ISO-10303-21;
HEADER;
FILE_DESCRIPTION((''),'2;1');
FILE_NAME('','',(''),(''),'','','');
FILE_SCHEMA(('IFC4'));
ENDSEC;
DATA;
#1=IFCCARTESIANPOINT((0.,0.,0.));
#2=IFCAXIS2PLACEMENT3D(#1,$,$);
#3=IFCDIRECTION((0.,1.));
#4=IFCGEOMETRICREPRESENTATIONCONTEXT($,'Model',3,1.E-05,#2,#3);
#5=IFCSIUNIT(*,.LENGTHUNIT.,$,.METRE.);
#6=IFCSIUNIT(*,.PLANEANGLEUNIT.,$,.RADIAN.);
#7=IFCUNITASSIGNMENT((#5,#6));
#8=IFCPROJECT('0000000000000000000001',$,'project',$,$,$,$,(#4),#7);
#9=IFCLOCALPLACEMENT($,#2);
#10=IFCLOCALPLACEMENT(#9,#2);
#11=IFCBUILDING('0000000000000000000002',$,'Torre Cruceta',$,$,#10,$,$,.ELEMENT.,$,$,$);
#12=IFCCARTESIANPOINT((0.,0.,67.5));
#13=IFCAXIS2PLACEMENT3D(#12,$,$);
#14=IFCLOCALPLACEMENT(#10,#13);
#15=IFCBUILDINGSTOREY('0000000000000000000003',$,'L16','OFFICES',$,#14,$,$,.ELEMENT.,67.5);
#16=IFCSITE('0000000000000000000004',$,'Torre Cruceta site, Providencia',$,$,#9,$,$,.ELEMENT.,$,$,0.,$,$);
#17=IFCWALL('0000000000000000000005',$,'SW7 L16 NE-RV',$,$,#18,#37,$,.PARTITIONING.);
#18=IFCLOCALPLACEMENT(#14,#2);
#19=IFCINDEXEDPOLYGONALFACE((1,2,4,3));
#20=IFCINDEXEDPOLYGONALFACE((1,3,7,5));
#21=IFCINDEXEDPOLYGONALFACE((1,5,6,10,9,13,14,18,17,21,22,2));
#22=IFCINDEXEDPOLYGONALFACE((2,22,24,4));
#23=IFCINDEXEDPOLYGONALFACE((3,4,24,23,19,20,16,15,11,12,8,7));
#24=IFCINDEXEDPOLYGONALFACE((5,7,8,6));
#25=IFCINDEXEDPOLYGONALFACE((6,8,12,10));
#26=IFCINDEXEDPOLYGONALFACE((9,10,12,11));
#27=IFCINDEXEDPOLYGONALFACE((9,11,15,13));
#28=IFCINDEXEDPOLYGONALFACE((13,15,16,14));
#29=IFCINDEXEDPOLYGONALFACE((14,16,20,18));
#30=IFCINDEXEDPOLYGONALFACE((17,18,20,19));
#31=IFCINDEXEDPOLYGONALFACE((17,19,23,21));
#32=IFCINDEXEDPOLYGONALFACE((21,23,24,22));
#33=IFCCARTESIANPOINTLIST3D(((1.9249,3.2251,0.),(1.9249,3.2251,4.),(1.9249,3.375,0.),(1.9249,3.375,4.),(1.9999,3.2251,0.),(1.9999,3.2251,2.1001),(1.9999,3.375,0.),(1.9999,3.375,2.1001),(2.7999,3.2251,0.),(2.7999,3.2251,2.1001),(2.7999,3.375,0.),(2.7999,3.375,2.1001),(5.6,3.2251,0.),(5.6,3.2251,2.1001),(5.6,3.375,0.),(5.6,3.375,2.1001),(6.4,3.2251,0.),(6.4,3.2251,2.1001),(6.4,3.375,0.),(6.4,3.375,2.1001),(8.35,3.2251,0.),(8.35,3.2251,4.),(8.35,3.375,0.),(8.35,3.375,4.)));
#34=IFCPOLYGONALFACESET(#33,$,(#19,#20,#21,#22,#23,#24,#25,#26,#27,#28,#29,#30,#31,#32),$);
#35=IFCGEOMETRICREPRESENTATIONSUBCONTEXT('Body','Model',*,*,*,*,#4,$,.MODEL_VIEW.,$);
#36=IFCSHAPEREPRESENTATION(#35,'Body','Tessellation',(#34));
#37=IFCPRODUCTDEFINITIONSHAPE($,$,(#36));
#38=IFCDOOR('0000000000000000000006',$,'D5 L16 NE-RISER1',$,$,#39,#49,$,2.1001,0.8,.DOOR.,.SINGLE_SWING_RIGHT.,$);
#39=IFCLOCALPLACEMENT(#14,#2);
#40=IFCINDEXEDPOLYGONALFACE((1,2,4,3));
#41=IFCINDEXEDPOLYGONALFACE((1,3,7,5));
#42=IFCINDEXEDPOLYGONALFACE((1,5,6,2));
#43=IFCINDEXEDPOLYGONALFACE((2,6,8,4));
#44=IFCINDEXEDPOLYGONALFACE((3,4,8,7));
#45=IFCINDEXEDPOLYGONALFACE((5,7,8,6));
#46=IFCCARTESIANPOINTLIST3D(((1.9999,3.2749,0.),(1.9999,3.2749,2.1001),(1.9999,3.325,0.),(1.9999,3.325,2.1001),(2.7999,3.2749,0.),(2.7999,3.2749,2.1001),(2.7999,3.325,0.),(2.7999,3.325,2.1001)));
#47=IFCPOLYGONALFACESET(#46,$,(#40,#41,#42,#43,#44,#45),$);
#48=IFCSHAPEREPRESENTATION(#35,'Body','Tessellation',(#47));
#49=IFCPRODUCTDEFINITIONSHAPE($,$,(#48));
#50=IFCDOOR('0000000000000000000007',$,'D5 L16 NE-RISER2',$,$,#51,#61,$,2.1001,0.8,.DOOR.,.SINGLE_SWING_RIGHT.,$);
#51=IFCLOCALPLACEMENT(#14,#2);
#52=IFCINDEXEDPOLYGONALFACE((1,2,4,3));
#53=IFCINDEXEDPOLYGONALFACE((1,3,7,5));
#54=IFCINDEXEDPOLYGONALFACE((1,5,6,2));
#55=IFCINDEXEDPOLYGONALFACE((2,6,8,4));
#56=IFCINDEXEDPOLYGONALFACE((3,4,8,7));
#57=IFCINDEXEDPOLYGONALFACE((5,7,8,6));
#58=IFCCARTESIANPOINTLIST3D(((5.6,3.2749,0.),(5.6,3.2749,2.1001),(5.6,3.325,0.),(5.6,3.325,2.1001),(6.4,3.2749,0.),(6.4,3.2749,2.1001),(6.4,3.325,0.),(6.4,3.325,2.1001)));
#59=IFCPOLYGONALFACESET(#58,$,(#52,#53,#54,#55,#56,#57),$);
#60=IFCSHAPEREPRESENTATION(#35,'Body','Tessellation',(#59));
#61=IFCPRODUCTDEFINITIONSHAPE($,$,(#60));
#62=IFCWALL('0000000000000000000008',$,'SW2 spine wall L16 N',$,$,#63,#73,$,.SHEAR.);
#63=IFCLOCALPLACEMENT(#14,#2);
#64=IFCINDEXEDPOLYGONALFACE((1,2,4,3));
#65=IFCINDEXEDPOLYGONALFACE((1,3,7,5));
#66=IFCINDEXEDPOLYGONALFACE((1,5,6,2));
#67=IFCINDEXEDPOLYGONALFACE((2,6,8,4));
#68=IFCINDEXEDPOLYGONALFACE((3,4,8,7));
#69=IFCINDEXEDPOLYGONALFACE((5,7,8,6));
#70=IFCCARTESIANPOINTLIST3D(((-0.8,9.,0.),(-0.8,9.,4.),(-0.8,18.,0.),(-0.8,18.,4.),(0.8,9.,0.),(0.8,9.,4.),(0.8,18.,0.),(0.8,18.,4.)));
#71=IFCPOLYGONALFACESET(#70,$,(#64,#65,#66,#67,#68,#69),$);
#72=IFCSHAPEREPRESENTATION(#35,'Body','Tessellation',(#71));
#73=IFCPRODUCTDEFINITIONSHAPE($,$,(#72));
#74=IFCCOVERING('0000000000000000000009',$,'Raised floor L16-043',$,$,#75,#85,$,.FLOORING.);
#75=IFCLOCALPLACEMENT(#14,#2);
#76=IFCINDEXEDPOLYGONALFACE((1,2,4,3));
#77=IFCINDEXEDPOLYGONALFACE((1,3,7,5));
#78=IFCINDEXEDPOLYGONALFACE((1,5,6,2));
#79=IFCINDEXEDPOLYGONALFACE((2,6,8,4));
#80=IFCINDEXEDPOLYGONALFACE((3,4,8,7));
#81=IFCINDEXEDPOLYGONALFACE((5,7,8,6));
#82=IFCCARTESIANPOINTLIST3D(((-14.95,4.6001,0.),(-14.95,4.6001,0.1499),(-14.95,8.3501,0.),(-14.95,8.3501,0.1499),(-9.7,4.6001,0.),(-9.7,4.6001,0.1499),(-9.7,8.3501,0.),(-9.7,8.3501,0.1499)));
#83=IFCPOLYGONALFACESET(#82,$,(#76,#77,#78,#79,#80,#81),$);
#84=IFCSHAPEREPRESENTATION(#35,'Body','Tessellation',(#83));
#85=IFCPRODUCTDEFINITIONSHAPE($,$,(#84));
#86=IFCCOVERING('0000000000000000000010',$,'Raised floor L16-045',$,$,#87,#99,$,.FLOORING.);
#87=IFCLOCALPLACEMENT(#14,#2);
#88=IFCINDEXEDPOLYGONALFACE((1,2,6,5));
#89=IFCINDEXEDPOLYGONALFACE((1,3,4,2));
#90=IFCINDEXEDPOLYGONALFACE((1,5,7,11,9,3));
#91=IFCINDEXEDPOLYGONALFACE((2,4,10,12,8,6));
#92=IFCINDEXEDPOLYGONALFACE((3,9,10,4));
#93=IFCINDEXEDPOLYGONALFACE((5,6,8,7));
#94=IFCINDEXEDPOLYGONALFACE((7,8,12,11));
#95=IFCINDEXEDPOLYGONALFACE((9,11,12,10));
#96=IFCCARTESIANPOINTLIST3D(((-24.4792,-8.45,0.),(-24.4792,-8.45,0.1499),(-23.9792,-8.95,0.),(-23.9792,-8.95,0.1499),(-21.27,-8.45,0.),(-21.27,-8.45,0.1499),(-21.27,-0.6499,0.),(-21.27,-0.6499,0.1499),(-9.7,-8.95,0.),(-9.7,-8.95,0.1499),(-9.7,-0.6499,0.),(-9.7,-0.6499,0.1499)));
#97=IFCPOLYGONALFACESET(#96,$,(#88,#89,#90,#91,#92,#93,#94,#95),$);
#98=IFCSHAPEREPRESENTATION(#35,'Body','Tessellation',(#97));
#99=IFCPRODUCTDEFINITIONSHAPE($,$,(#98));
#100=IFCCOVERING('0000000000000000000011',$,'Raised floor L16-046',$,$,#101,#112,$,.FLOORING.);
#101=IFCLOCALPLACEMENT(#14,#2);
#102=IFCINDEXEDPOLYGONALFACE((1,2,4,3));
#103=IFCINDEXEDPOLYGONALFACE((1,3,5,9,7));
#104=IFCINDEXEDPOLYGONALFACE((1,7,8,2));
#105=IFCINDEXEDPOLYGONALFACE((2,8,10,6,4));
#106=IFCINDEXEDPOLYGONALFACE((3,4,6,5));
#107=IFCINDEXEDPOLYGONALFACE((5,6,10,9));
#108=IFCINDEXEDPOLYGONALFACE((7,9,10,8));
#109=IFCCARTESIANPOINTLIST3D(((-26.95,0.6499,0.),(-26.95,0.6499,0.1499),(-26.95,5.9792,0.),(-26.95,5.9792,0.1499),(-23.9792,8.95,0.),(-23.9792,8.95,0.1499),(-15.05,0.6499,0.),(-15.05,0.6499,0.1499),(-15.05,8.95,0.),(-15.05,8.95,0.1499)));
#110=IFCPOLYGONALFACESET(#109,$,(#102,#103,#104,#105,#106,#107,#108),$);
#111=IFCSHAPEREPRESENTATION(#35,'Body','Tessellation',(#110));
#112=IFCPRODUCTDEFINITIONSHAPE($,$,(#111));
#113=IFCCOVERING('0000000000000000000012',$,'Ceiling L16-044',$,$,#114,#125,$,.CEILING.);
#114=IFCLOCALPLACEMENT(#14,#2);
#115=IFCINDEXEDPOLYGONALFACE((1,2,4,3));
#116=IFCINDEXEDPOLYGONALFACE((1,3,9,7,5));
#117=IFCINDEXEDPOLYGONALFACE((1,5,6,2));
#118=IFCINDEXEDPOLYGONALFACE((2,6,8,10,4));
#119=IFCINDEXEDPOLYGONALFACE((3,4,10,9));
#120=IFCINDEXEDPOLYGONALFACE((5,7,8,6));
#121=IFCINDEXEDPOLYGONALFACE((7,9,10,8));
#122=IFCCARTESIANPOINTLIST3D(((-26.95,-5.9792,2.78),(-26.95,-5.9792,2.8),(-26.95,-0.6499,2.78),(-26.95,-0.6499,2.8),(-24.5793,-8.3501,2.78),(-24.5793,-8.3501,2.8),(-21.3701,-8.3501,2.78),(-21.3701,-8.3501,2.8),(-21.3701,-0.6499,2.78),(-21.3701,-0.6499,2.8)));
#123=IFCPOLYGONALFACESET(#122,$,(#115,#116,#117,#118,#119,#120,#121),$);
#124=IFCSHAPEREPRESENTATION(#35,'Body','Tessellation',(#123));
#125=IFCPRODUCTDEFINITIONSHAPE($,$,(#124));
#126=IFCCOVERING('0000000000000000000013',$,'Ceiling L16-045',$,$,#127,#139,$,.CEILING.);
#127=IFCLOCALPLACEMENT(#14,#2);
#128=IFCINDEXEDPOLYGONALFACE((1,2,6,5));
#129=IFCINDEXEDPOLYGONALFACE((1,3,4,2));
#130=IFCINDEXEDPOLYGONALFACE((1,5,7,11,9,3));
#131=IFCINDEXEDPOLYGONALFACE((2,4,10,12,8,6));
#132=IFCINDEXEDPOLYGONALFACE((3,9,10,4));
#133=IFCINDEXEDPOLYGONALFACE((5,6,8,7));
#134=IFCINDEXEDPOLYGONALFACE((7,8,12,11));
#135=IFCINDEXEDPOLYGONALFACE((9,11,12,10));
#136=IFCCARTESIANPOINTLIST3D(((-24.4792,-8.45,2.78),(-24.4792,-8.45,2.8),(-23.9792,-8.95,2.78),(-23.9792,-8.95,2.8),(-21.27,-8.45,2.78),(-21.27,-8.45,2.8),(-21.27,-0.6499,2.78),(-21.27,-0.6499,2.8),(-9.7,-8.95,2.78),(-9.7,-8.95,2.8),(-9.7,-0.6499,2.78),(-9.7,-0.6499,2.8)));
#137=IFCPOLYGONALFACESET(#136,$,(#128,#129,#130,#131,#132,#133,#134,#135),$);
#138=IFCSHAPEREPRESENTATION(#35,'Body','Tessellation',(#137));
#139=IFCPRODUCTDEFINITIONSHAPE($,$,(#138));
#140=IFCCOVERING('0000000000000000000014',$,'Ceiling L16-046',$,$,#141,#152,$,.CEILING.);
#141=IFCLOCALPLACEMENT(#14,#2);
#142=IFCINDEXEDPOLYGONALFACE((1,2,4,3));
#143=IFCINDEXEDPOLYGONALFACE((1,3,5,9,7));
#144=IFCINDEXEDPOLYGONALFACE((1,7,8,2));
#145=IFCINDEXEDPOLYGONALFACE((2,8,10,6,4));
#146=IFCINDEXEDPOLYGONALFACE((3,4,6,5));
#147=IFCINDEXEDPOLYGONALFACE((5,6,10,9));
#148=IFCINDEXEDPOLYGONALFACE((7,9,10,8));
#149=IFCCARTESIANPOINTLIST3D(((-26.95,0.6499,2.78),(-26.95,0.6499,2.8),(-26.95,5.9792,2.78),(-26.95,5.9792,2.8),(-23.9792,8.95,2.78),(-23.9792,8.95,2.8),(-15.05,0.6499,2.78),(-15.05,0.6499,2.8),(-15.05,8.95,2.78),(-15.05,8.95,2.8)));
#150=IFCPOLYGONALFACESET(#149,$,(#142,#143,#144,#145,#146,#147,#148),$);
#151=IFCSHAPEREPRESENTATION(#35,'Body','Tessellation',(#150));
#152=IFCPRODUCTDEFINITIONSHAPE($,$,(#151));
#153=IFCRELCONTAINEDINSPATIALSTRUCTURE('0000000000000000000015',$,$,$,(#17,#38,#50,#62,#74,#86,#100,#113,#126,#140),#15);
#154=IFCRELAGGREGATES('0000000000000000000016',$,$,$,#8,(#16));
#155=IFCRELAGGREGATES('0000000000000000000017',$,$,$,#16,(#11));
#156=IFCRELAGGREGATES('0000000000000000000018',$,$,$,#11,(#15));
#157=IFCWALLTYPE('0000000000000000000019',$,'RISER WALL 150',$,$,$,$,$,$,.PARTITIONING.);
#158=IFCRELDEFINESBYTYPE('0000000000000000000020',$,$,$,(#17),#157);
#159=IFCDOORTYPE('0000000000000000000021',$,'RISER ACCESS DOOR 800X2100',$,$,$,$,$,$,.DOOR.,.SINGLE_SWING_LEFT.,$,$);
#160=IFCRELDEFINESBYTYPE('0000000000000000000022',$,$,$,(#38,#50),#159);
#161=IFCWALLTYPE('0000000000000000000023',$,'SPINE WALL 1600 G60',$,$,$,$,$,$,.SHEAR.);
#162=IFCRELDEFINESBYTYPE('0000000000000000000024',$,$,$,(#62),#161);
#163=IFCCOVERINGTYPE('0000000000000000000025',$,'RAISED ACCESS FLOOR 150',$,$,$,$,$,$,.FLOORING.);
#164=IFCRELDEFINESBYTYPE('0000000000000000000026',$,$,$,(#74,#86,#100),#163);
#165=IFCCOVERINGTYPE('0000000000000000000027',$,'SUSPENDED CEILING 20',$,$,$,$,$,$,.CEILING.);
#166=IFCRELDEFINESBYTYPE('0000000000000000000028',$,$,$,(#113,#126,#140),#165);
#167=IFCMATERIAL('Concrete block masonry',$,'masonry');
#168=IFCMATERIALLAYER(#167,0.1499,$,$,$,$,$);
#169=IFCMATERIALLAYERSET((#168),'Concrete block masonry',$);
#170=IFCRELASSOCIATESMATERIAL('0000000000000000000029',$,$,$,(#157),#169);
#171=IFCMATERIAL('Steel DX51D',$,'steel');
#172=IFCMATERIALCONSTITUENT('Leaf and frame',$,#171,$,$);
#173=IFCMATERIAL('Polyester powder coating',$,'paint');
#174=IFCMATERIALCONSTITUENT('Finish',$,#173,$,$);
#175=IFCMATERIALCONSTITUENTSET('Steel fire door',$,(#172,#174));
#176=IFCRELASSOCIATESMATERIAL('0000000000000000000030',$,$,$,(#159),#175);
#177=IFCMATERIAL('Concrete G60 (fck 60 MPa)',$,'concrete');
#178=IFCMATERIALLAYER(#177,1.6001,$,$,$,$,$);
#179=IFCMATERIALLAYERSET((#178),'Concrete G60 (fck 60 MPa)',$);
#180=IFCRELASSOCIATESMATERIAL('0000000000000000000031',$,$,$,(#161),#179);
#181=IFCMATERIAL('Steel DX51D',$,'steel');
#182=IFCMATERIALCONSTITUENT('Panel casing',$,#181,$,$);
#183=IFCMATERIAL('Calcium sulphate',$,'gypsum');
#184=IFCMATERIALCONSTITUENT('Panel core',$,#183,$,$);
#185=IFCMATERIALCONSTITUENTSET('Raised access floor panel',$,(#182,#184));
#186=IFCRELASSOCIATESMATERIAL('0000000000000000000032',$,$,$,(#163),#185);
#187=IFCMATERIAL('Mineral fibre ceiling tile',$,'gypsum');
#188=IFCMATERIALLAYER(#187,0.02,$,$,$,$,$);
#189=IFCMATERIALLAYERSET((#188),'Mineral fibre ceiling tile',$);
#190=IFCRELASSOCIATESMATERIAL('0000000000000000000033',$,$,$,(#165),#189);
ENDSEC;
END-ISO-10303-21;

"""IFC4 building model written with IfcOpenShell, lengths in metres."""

from ifc_helpers import new_model, si_unit, direction, frame, frame_2d, origin, place, context, subcontext, project, spatial, polyline, rectangle, outline, extrude, material, layer, layer_set, constituent, constituent_set, type_object, element, fill, save


model = new_model("IFC4")

# Units and contexts
model_context = context("Model", 3, precision=1e-05, world=origin(), true_north=direction((0.0, 1.0)))
body_context = subcontext(model_context, "Body", "Model", "MODEL_VIEW")
ifc_project = project(units=[si_unit("LENGTHUNIT", "METRE"), si_unit("PLANEANGLEUNIT", "RADIAN")], contexts=[model_context])

# Site, building, storey
site_placement = place(None, origin())
site = spatial("IfcSite", under=ifc_project, at=site_placement, Name="Torre Cruceta site, Providencia", CompositionType="ELEMENT", RefElevation=0.0)
building_placement = place(site_placement, origin())
building = spatial("IfcBuilding", under=site, at=building_placement, Name="Torre Cruceta", CompositionType="ELEMENT")
storey_placement = place(building_placement, frame((0.0, 0.0, 67.5)))
storey = spatial("IfcBuildingStorey", under=building, at=storey_placement, Name="L16", Description="OFFICES", CompositionType="ELEMENT", Elevation=67.5)

# Wall, openings, doors
ifc_material_1 = material(Name="Concrete block masonry", Category="masonry")
ifc_layer_1 = layer(ifc_material_1, 0.1499)
ifc_layer_set_1 = layer_set([ifc_layer_1], Name="Concrete block masonry")
wall_type_1 = type_object("IfcWallType", Name="RISER WALL 150", PredefinedType="PARTITIONING", material=ifc_layer_set_1)
wall_1_placement = place(storey_placement, frame((1.925, 3.3, 0.0), z_axis=(0.0, 0.0, 1.0), x_axis=(1.0, 0.0, 0.0)))
wall_1 = element("IfcWall", 1, at=wall_1_placement, inside=storey, type_object=wall_type_1, Name="SW7 L16 NE-RV", PredefinedType="PARTITIONING", context=body_context, shape_type="SweptSolid", body=[
    extrude(rectangle(XDim=6.425, YDim=0.1499, at=frame_2d((3.2124, 0.0))), origin(), (0.0, 0.0, 1.0), 4.0),
])
opening_1_placement = place(wall_1_placement, frame((0.075, 0.0, 0.0)))
opening_1 = element("IfcOpeningElement", 2, at=opening_1_placement, cuts=wall_1, PredefinedType="OPENING", context=body_context, shape_type="SweptSolid", body=[
    extrude(rectangle(XDim=0.8, YDim=2.1001, at=frame_2d((0.3999, 1.05))), frame((0.0, 0.085, 0.0), z_axis=(0.0, -1.0, 0.0), x_axis=(1.0, 0.0, 0.0)), (0.0, 0.0, 1.0), 0.1699),
])
opening_2_placement = place(wall_1_placement, frame((3.675, 0.0, 0.0)))
opening_2 = element("IfcOpeningElement", 3, at=opening_2_placement, cuts=wall_1, PredefinedType="OPENING", context=body_context, shape_type="SweptSolid", body=[
    extrude(rectangle(XDim=0.8, YDim=2.1001, at=frame_2d((0.3999, 1.05))), frame((0.0, 0.085, 0.0), z_axis=(0.0, -1.0, 0.0), x_axis=(1.0, 0.0, 0.0)), (0.0, 0.0, 1.0), 0.1699),
])
ifc_material_2 = material(Name="Steel DX51D", Category="steel")
ifc_constituent_1 = constituent(ifc_material_2, Name="Leaf and frame")
ifc_material_3 = material(Name="Polyester powder coating", Category="paint")
ifc_constituent_2 = constituent(ifc_material_3, Name="Finish")
ifc_constituent_set_1 = constituent_set(constituents=[ifc_constituent_1, ifc_constituent_2], Name="Steel fire door")
door_type_1 = type_object("IfcDoorType", Name="RISER ACCESS DOOR 800X2100", OperationType="SINGLE_SWING_LEFT", PredefinedType="DOOR", material=ifc_constituent_set_1)
door_1_placement = place(opening_1_placement, frame((0.8, 0.0, 0.0), z_axis=(0.0, 0.0, 1.0), x_axis=(-1.0, 0.0, 0.0)))
door_1 = element("IfcDoor", 4, at=door_1_placement, inside=storey, type_object=door_type_1, Name="D5 L16 NE-RISER1", OperationType="SINGLE_SWING_RIGHT", OverallHeight=2.1001, OverallWidth=0.8, PredefinedType="DOOR", context=body_context, shape_type="SweptSolid", body=[
    extrude(rectangle(XDim=0.8, YDim=2.1001, at=frame_2d((0.4001, 1.05))), frame((0.0, 0.0251, 0.0), z_axis=(0.0, -1.0, 0.0), x_axis=(1.0, 0.0, 0.0)), (0.0, 0.0, 1.0), 0.05),
])
fill(opening_1, door_1)
door_2_placement = place(opening_2_placement, frame((0.8, 0.0, 0.0), z_axis=(0.0, 0.0, 1.0), x_axis=(-1.0, 0.0, 0.0)))
door_2 = element("IfcDoor", 5, at=door_2_placement, inside=storey, type_object=door_type_1, Name="D5 L16 NE-RISER2", OperationType="SINGLE_SWING_RIGHT", OverallHeight=2.1001, OverallWidth=0.8, PredefinedType="DOOR", context=body_context, shape_type="SweptSolid", body=[
    extrude(rectangle(XDim=0.8, YDim=2.1001, at=frame_2d((0.4001, 1.05))), frame((0.0, 0.0251, 0.0), z_axis=(0.0, -1.0, 0.0), x_axis=(1.0, 0.0, 0.0)), (0.0, 0.0, 1.0), 0.05),
])
fill(opening_2, door_2)

# Wall
ifc_material_4 = material(Name="Concrete G60 (fck 60 MPa)", Category="concrete")
ifc_layer_2 = layer(ifc_material_4, 1.6001)
ifc_layer_set_2 = layer_set([ifc_layer_2], Name="Concrete G60 (fck 60 MPa)")
wall_type_2 = type_object("IfcWallType", Name="SPINE WALL 1600 G60", PredefinedType="SHEAR", material=ifc_layer_set_2)
wall_2_placement = place(storey_placement, frame((0.0, 9.0, 0.0), z_axis=(0.0, 0.0, 1.0), x_axis=(0.0, 1.0, 0.0)))
element("IfcWall", 6, at=wall_2_placement, inside=storey, type_object=wall_type_2, Name="SW2 spine wall L16 N", PredefinedType="SHEAR", context=body_context, shape_type="SweptSolid", body=[
    extrude(rectangle(XDim=9.0, YDim=1.6001, at=frame_2d((4.5, 0.0))), origin(), (0.0, 0.0, 1.0), 4.0),
])

# Coverings
ifc_material_5 = material(Name="Steel DX51D", Category="steel")
ifc_constituent_3 = constituent(ifc_material_5, Name="Panel casing")
ifc_material_6 = material(Name="Calcium sulphate", Category="gypsum")
ifc_constituent_4 = constituent(ifc_material_6, Name="Panel core")
ifc_constituent_set_2 = constituent_set(constituents=[ifc_constituent_3, ifc_constituent_4], Name="Raised access floor panel")
covering_type_1 = type_object("IfcCoveringType", Name="RAISED ACCESS FLOOR 150", PredefinedType="FLOORING", material=ifc_constituent_set_2)
covering_1_placement = place(storey_placement, origin())
element("IfcCovering", 7, at=covering_1_placement, inside=storey, type_object=covering_type_1, Name="Raised floor L16-043", PredefinedType="FLOORING", context=body_context, shape_type="SweptSolid", body=[
    extrude(outline(polyline([(-9.7, 8.3501), (-9.7, 4.6001), (-14.95, 4.6001), (-14.95, 8.3501), (-9.7, 8.3501)])), origin(), (0.0, 0.0, 1.0), 0.1499),
])
covering_2_placement = place(storey_placement, origin())
element("IfcCovering", 8, at=covering_2_placement, inside=storey, type_object=covering_type_1, Name="Raised floor L16-045", PredefinedType="FLOORING", context=body_context, shape_type="SweptSolid", body=[
    extrude(outline(polyline([(-24.4792, -8.45), (-21.27, -8.45), (-21.27, -0.6499), (-9.7, -0.6499), (-9.7, -8.95), (-23.9792, -8.95), (-24.4792, -8.45)])), origin(), (0.0, 0.0, 1.0), 0.1499),
])
covering_3_placement = place(storey_placement, origin())
element("IfcCovering", 9, at=covering_3_placement, inside=storey, type_object=covering_type_1, Name="Raised floor L16-046", PredefinedType="FLOORING", context=body_context, shape_type="SweptSolid", body=[
    extrude(outline(polyline([(-26.95, 5.9792), (-23.9792, 8.95), (-15.05, 8.95), (-15.05, 0.6499), (-26.95, 0.6499), (-26.95, 5.9792)])), origin(), (0.0, 0.0, 1.0), 0.1499),
])
ifc_material_7 = material(Name="Mineral fibre ceiling tile", Category="gypsum")
ifc_layer_3 = layer(ifc_material_7, 0.02)
ifc_layer_set_3 = layer_set([ifc_layer_3], Name="Mineral fibre ceiling tile")
covering_type_2 = type_object("IfcCoveringType", Name="SUSPENDED CEILING 20", PredefinedType="CEILING", material=ifc_layer_set_3)
covering_4_placement = place(storey_placement, frame((0.0, 0.0, 2.78)))
element("IfcCovering", 10, at=covering_4_placement, inside=storey, type_object=covering_type_2, Name="Ceiling L16-044", PredefinedType="CEILING", context=body_context, shape_type="SweptSolid", body=[
    extrude(outline(polyline([(-26.95, -0.6499), (-21.3701, -0.6499), (-21.3701, -8.3501), (-24.5793, -8.3501), (-26.95, -5.9792), (-26.95, -0.6499)])), origin(), (0.0, 0.0, 1.0), 0.02),
])
covering_5_placement = place(storey_placement, frame((0.0, 0.0, 2.78)))
element("IfcCovering", 11, at=covering_5_placement, inside=storey, type_object=covering_type_2, Name="Ceiling L16-045", PredefinedType="CEILING", context=body_context, shape_type="SweptSolid", body=[
    extrude(outline(polyline([(-24.4792, -8.45), (-21.27, -8.45), (-21.27, -0.6499), (-9.7, -0.6499), (-9.7, -8.95), (-23.9792, -8.95), (-24.4792, -8.45)])), origin(), (0.0, 0.0, 1.0), 0.02),
])
covering_6_placement = place(storey_placement, frame((0.0, 0.0, 2.78)))
element("IfcCovering", 12, at=covering_6_placement, inside=storey, type_object=covering_type_2, Name="Ceiling L16-046", PredefinedType="CEILING", context=body_context, shape_type="SweptSolid", body=[
    extrude(outline(polyline([(-26.95, 5.9792), (-23.9792, 8.95), (-15.05, 8.95), (-15.05, 0.6499), (-26.95, 0.6499), (-26.95, 5.9792)])), origin(), (0.0, 0.0, 1.0), 0.02),
])

save(model, "model.ifc")
